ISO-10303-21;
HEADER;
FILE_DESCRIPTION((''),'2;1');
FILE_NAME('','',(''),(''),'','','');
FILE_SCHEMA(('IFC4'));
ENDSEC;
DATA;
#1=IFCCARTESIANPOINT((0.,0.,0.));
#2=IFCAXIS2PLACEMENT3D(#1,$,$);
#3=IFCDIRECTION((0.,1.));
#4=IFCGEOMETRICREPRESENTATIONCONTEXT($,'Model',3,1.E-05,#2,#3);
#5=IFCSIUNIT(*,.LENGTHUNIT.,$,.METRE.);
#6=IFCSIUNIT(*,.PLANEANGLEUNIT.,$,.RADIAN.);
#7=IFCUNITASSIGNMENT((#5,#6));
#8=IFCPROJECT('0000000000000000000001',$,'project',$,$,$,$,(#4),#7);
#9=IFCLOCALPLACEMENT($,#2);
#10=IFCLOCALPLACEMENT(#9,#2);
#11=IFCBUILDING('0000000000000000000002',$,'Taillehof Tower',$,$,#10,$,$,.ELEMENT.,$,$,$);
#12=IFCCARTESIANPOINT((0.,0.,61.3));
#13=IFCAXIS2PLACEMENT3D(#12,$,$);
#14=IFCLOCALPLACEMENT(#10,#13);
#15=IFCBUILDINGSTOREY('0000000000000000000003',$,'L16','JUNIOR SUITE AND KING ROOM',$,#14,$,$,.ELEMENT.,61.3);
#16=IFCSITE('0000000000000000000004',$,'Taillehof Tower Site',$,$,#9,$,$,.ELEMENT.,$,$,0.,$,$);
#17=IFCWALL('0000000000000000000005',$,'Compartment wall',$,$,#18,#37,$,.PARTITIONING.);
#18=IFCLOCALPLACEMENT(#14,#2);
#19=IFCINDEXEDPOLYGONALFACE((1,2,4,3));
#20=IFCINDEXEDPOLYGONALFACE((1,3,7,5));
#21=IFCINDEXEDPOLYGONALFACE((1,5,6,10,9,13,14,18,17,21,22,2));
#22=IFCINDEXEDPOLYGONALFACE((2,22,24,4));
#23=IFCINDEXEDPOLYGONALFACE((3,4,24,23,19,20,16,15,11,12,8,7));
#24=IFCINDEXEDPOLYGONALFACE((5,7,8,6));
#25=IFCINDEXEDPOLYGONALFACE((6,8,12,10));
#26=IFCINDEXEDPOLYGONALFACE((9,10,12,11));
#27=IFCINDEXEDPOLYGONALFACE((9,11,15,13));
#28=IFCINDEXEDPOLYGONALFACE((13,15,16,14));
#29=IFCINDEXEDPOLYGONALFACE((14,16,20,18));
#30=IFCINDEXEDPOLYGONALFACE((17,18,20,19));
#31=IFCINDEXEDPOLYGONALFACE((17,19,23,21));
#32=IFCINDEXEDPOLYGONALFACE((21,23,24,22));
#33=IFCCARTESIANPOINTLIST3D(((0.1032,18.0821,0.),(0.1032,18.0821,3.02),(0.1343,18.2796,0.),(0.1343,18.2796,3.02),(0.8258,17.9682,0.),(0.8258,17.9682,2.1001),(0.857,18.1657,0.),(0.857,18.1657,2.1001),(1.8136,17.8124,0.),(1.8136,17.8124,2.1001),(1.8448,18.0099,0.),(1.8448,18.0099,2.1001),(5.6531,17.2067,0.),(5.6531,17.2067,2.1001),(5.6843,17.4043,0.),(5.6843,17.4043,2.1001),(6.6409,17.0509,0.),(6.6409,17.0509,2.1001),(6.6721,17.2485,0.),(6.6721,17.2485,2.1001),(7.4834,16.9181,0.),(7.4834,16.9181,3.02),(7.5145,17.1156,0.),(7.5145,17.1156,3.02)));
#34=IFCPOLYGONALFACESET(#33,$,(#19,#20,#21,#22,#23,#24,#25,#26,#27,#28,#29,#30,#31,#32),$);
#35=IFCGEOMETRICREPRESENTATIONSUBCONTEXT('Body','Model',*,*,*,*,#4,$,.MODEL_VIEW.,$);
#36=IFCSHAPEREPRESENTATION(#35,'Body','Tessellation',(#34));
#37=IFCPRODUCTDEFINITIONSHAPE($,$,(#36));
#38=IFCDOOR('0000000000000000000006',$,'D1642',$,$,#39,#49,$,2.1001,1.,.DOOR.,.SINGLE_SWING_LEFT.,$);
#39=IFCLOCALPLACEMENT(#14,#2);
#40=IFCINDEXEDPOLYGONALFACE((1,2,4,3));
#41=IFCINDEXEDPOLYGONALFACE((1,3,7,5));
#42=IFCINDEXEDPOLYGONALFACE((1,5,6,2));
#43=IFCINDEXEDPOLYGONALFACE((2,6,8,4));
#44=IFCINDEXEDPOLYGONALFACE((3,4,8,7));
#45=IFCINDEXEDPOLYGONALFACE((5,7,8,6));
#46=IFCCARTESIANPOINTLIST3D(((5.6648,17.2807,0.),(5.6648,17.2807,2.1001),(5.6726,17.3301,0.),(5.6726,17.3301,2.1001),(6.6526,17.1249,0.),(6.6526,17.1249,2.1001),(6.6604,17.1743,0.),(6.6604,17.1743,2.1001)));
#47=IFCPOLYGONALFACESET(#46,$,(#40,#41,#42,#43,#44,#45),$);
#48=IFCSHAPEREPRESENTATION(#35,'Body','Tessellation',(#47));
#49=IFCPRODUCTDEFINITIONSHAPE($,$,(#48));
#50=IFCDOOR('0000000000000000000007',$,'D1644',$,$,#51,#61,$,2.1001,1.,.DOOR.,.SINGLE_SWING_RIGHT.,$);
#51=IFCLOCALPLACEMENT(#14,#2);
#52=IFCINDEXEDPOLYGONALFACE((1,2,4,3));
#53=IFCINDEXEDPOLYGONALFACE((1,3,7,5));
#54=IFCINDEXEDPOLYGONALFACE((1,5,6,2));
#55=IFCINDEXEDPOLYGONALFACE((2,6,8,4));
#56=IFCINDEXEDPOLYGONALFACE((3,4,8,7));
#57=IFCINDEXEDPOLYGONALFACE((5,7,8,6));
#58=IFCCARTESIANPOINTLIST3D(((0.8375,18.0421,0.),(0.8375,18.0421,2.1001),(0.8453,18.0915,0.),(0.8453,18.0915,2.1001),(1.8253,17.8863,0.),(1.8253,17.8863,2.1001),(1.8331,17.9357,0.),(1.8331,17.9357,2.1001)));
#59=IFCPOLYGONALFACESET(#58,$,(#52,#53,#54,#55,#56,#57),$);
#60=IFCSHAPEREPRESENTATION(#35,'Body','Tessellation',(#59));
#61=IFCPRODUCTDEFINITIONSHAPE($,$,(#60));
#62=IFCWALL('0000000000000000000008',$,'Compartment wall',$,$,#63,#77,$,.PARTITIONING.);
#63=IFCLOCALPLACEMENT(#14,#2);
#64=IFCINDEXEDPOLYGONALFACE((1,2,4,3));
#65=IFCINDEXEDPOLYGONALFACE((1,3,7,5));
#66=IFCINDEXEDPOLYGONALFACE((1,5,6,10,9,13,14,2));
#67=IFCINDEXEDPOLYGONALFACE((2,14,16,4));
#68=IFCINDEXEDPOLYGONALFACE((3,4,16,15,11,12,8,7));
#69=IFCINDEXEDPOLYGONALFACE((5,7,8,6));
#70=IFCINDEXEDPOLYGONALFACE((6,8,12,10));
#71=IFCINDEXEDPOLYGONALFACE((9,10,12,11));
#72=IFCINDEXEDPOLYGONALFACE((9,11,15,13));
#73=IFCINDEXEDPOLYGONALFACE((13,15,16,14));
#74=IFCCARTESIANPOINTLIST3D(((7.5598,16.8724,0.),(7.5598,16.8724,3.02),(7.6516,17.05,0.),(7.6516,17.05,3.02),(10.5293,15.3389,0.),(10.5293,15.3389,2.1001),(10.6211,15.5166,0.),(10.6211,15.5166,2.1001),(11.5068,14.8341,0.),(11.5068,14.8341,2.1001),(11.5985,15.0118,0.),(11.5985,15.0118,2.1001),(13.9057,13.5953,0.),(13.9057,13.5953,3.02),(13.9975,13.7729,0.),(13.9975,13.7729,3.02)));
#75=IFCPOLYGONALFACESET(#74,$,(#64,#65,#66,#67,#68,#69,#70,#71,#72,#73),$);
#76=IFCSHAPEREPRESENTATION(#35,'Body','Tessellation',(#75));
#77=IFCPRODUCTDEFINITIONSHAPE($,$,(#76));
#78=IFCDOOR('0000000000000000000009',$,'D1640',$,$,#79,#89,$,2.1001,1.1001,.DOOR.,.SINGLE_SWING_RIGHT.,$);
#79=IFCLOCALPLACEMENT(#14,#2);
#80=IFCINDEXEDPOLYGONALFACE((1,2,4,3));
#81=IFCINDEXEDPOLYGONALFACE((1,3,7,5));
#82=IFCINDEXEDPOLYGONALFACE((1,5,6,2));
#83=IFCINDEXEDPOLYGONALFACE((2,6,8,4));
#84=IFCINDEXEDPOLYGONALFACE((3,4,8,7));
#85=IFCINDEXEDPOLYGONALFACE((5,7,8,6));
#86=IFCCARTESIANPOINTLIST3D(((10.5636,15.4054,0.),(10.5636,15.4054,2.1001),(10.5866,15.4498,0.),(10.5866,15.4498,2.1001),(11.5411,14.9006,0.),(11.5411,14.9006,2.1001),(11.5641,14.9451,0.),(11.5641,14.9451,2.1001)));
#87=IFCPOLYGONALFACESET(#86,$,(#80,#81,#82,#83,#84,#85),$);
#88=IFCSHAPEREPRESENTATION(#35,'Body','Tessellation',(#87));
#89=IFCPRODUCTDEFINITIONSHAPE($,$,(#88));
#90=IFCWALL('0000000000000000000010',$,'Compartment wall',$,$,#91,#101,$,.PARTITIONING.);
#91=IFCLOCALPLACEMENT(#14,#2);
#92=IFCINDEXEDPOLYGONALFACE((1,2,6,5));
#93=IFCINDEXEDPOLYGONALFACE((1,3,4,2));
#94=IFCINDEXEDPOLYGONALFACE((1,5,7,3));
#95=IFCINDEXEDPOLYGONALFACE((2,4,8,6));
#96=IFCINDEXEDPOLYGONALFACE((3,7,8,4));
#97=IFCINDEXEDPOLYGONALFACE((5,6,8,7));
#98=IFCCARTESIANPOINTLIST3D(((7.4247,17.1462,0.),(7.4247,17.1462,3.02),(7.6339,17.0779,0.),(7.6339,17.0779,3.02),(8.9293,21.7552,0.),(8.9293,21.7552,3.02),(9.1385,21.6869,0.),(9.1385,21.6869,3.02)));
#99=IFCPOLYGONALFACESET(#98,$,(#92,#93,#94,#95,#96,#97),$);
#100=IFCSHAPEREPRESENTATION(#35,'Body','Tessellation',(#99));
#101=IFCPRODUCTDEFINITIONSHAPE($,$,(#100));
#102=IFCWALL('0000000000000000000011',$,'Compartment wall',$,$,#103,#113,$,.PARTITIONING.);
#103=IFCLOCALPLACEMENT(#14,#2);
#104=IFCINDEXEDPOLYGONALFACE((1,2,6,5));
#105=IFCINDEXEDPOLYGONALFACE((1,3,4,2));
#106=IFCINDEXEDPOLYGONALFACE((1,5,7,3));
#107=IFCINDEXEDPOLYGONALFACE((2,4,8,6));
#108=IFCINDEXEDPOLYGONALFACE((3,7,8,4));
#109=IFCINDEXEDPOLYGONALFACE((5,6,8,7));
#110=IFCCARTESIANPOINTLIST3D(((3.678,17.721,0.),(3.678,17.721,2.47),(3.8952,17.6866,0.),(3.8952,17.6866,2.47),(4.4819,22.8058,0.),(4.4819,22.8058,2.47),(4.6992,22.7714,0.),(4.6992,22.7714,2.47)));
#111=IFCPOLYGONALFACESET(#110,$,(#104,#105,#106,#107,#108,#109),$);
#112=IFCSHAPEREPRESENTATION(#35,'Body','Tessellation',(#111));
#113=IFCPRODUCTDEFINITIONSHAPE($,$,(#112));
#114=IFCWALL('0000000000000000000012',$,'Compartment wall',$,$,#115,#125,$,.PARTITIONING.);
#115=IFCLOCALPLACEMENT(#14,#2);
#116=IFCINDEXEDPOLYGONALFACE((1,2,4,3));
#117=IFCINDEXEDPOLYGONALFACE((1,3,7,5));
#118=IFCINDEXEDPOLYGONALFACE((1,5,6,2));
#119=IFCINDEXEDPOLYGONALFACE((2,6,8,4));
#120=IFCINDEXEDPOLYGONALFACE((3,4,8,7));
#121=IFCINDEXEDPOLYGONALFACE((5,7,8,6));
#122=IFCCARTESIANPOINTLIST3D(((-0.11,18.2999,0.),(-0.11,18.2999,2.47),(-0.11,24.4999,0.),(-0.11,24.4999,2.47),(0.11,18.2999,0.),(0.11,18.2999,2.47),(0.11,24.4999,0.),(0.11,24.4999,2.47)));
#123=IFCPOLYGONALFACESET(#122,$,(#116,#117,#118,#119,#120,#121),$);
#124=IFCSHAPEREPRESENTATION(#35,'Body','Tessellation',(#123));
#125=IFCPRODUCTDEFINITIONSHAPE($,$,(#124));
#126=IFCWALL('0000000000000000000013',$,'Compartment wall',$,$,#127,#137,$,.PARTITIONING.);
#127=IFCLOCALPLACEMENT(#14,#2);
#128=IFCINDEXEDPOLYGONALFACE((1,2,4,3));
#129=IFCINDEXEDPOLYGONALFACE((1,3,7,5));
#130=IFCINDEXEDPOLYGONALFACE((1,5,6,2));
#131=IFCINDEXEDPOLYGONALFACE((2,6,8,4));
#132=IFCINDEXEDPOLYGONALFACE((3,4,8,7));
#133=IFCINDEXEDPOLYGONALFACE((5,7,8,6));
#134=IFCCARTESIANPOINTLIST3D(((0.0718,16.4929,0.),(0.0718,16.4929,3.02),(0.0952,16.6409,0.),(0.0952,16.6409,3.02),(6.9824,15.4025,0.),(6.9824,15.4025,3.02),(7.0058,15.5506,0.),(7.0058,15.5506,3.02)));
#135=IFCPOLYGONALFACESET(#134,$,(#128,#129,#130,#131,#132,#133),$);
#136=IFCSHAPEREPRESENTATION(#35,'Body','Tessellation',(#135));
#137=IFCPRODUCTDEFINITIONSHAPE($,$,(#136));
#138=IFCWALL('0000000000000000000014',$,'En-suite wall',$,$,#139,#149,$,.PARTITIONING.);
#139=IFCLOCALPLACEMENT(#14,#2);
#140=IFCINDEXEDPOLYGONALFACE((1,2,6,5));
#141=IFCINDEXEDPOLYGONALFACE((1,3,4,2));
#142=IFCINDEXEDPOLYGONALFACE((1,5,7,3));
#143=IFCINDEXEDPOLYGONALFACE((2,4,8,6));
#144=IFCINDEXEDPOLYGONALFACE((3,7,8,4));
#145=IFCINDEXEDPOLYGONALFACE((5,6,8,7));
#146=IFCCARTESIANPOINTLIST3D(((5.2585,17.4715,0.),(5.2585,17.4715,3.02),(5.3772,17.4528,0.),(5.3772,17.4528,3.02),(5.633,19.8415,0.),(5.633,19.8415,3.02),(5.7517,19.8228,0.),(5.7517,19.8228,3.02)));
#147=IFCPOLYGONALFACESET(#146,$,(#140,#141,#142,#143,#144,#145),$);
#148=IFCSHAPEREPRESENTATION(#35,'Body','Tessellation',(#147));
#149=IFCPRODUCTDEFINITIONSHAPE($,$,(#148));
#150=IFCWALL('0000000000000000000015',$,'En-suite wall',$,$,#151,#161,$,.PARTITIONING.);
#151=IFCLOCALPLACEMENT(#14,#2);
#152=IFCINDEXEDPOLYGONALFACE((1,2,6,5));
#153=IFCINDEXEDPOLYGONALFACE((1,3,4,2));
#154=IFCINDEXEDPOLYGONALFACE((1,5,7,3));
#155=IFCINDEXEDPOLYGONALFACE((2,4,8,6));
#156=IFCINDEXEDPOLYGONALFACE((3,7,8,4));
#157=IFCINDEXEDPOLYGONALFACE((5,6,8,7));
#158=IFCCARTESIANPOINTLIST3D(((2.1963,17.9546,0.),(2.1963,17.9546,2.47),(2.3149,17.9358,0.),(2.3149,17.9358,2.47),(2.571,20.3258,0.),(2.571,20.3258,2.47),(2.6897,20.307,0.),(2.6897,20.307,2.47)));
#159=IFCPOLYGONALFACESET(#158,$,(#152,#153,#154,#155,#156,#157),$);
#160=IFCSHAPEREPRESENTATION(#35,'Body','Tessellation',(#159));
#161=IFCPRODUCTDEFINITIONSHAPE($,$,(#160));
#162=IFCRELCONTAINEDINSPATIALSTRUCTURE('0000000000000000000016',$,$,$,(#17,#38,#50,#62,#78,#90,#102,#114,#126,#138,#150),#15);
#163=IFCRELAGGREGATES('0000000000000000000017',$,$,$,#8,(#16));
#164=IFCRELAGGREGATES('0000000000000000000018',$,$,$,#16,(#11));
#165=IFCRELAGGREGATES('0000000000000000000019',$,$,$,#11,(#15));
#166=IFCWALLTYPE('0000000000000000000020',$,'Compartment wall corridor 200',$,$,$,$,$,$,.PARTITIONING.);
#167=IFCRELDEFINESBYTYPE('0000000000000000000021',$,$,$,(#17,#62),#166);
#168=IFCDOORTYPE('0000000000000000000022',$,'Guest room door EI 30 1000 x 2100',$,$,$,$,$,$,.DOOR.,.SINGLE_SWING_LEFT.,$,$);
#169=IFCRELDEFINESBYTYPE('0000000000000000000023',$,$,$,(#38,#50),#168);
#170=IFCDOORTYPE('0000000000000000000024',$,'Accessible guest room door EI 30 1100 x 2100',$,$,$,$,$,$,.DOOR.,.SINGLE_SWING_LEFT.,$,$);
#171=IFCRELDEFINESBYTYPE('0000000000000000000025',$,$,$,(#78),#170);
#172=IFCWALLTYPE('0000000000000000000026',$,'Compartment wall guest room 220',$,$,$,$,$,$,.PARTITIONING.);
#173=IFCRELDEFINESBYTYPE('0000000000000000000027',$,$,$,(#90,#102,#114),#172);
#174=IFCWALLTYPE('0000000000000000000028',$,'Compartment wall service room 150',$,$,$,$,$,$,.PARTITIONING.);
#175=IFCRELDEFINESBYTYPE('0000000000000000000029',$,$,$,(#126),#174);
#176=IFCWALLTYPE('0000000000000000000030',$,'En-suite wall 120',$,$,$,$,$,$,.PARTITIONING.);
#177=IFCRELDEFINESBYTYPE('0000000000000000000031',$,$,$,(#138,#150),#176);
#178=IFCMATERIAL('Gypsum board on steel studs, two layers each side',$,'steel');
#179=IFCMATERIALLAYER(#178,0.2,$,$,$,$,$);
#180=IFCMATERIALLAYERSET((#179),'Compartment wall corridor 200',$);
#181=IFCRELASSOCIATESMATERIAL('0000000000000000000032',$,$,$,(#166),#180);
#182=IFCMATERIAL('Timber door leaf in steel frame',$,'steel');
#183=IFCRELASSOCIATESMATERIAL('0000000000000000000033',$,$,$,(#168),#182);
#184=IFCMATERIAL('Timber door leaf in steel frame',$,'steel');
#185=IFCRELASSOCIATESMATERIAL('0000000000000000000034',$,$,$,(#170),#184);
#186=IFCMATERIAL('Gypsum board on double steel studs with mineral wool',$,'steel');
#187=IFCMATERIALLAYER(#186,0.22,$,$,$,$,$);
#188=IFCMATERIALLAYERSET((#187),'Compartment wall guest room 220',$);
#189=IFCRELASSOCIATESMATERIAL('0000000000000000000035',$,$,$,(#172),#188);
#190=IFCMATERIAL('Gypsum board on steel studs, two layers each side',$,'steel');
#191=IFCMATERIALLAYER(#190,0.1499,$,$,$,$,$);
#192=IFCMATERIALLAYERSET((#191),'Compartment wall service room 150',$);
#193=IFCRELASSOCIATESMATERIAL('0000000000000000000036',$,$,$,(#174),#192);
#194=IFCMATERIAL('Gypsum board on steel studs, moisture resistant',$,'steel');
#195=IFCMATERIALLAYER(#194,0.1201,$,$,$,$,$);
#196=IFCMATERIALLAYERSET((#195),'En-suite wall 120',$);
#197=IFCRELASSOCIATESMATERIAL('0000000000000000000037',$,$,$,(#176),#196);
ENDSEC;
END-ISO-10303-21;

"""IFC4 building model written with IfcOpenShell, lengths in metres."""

from ifc_helpers import new_model, si_unit, direction, frame, frame_2d, origin, place, context, subcontext, project, spatial, rectangle, extrude, material, layer, layer_set, type_object, element, fill, save


model = new_model("IFC4")

# Units and contexts
model_context = context("Model", 3, precision=1e-05, world=origin(), true_north=direction((0.0, 1.0)))
body_context = subcontext(model_context, "Body", "Model", "MODEL_VIEW")
ifc_project = project(units=[si_unit("LENGTHUNIT", "METRE"), si_unit("PLANEANGLEUNIT", "RADIAN")], contexts=[model_context])

# Site, building, storey
site_placement = place(None, origin())
site = spatial("IfcSite", under=ifc_project, at=site_placement, Name="Taillehof Tower Site", CompositionType="ELEMENT", RefElevation=0.0)
building_placement = place(site_placement, origin())
building = spatial("IfcBuilding", under=site, at=building_placement, Name="Taillehof Tower", CompositionType="ELEMENT")
storey_placement = place(building_placement, frame((0.0, 0.0, 61.3)))
storey = spatial("IfcBuildingStorey", under=building, at=storey_placement, Name="L16", Description="JUNIOR SUITE AND KING ROOM", CompositionType="ELEMENT", Elevation=61.3)

# Wall, openings, doors
ifc_material_1 = material(Name="Gypsum board on steel studs, two layers each side", Category="steel")
ifc_layer_1 = layer(ifc_material_1, 0.2)
ifc_layer_set_1 = layer_set([ifc_layer_1], Name="Compartment wall corridor 200")
wall_type_1 = type_object("IfcWallType", Name="Compartment wall corridor 200", PredefinedType="PARTITIONING", material=ifc_layer_set_1)
wall_1_placement = place(storey_placement, frame((0.1187, 18.1809, 0.0), z_axis=(0.0, 0.0, 1.0), x_axis=(0.987788, -0.155803, 0.0)))
wall_1 = element("IfcWall", 1, at=wall_1_placement, inside=storey, type_object=wall_type_1, Name="Compartment wall", PredefinedType="PARTITIONING", context=body_context, shape_type="SweptSolid", body=[
    extrude(rectangle(XDim=7.4714, YDim=0.2, at=frame_2d((3.7358, 0.0))), origin(), (0.0, 0.0, 1.0), 3.02),
])
opening_1_placement = place(wall_1_placement, frame((5.6187, 0.0, 0.0)))
opening_1 = element("IfcOpeningElement", 2, at=opening_1_placement, cuts=wall_1, PredefinedType="OPENING", context=body_context, shape_type="SweptSolid", body=[
    extrude(rectangle(XDim=1.0, YDim=2.1001, at=frame_2d((0.5, 1.05))), frame((0.0, 0.1099, 0.0), z_axis=(0.0, -1.0, 0.0), x_axis=(1.0, 0.0, 0.0)), (0.0, 0.0, 1.0), 0.22),
])
opening_2_placement = place(wall_1_placement, frame((0.7317, 0.0, 0.0)))
opening_2 = element("IfcOpeningElement", 3, at=opening_2_placement, cuts=wall_1, PredefinedType="OPENING", context=body_context, shape_type="SweptSolid", body=[
    extrude(rectangle(XDim=1.0, YDim=2.1001, at=frame_2d((0.5, 1.05))), frame((0.0, 0.1099, 0.0), z_axis=(0.0, -1.0, 0.0), x_axis=(1.0, 0.0, 0.0)), (0.0, 0.0, 1.0), 0.22),
])
ifc_material_2 = material(Name="Timber door leaf in steel frame", Category="steel")
door_type_1 = type_object("IfcDoorType", Name="Guest room door EI 30 1000 x 2100", OperationType="SINGLE_SWING_LEFT", PredefinedType="DOOR", material=ifc_material_2)
door_1_placement = place(opening_1_placement, origin())
door_1 = element("IfcDoor", 4, at=door_1_placement, inside=storey, type_object=door_type_1, Name="D1642", OperationType="SINGLE_SWING_LEFT", OverallHeight=2.1001, OverallWidth=1.0, PredefinedType="DOOR", context=body_context, shape_type="SweptSolid", body=[
    extrude(rectangle(XDim=1.0, YDim=2.1001, at=frame_2d((0.5, 1.05))), frame((0.0, 0.0249, 0.0), z_axis=(0.0, -1.0, 0.0), x_axis=(1.0, 0.0, 0.0)), (0.0, 0.0, 1.0), 0.05),
])
fill(opening_1, door_1)
door_2_placement = place(opening_2_placement, origin())
door_2 = element("IfcDoor", 5, at=door_2_placement, inside=storey, type_object=door_type_1, Name="D1644", OperationType="SINGLE_SWING_RIGHT", OverallHeight=2.1001, OverallWidth=1.0, PredefinedType="DOOR", context=body_context, shape_type="SweptSolid", body=[
    extrude(rectangle(XDim=1.0, YDim=2.1001, at=frame_2d((0.5, 1.05))), frame((0.0, 0.0249, 0.0), z_axis=(0.0, -1.0, 0.0), x_axis=(1.0, 0.0, 0.0)), (0.0, 0.0, 1.0), 0.05),
])
fill(opening_2, door_2)

# Wall, opening, door
wall_2_placement = place(storey_placement, frame((7.6057, 16.9612, 0.0), z_axis=(0.0, 0.0, 1.0), x_axis=(0.88852, -0.458839, 0.0)))
wall_2 = element("IfcWall", 6, at=wall_2_placement, inside=storey, type_object=wall_type_1, Name="Compartment wall", PredefinedType="PARTITIONING", context=body_context, shape_type="SweptSolid", body=[
    extrude(rectangle(XDim=7.1421, YDim=0.2, at=frame_2d((3.571, 0.0))), origin(), (0.0, 0.0, 1.0), 3.02),
])
opening_3_placement = place(wall_2_placement, frame((3.342, 0.0, 0.0)))
opening_3 = element("IfcOpeningElement", 7, at=opening_3_placement, cuts=wall_2, PredefinedType="OPENING", context=body_context, shape_type="SweptSolid", body=[
    extrude(rectangle(XDim=1.1001, YDim=2.1001, at=frame_2d((0.55, 1.05))), frame((0.0, 0.1099, 0.0), z_axis=(0.0, -1.0, 0.0), x_axis=(1.0, 0.0, 0.0)), (0.0, 0.0, 1.0), 0.22),
])
ifc_material_3 = material(Name="Timber door leaf in steel frame", Category="steel")
door_type_2 = type_object("IfcDoorType", Name="Accessible guest room door EI 30 1100 x 2100", OperationType="SINGLE_SWING_LEFT", PredefinedType="DOOR", material=ifc_material_3)
door_3_placement = place(opening_3_placement, origin())
door_3 = element("IfcDoor", 8, at=door_3_placement, inside=storey, type_object=door_type_2, Name="D1640", OperationType="SINGLE_SWING_RIGHT", OverallHeight=2.1001, OverallWidth=1.1001, PredefinedType="DOOR", context=body_context, shape_type="SweptSolid", body=[
    extrude(rectangle(XDim=1.1001, YDim=2.1001, at=frame_2d((0.55, 1.05))), frame((0.0, 0.0249, 0.0), z_axis=(0.0, -1.0, 0.0), x_axis=(1.0, 0.0, 0.0)), (0.0, 0.0, 1.0), 0.05),
])
fill(opening_3, door_3)

# Walls
ifc_material_4 = material(Name="Gypsum board on double steel studs with mineral wool", Category="steel")
ifc_layer_2 = layer(ifc_material_4, 0.22)
ifc_layer_set_2 = layer_set([ifc_layer_2], Name="Compartment wall guest room 220")
wall_type_2 = type_object("IfcWallType", Name="Compartment wall guest room 220", PredefinedType="PARTITIONING", material=ifc_layer_set_2)
wall_3_placement = place(storey_placement, frame((9.0339, 21.7212, 0.0), z_axis=(0.0, 0.0, 1.0), x_axis=(-0.31033, -0.950629, 0.0)))
element("IfcWall", 9, at=wall_3_placement, inside=storey, type_object=wall_type_2, Name="Compartment wall", PredefinedType="PARTITIONING", context=body_context, shape_type="SweptSolid", body=[
    extrude(rectangle(XDim=4.8484, YDim=0.22, at=frame_2d((2.4243, 0.0))), origin(), (0.0, 0.0, 1.0), 3.02),
])
wall_4_placement = place(storey_placement, frame((4.5906, 22.7886, 0.0), z_axis=(0.0, 0.0, 1.0), x_axis=(-0.156172, -0.98773, 0.0)))
element("IfcWall", 10, at=wall_4_placement, inside=storey, type_object=wall_type_2, Name="Compartment wall", PredefinedType="PARTITIONING", context=body_context, shape_type="SweptSolid", body=[
    extrude(rectangle(XDim=5.1479, YDim=0.22, at=frame_2d((2.574, 0.0))), origin(), (0.0, 0.0, 1.0), 2.47),
])
wall_5_placement = place(storey_placement, frame((0.0, 24.5, 0.0), z_axis=(0.0, 0.0, 1.0), x_axis=(0.0, -1.0, 0.0)))
element("IfcWall", 11, at=wall_5_placement, inside=storey, type_object=wall_type_2, Name="Compartment wall", PredefinedType="PARTITIONING", context=body_context, shape_type="SweptSolid", body=[
    extrude(rectangle(XDim=6.2, YDim=0.22, at=frame_2d((3.1001, 0.0))), origin(), (0.0, 0.0, 1.0), 2.47),
])
ifc_material_5 = material(Name="Gypsum board on steel studs, two layers each side", Category="steel")
ifc_layer_3 = layer(ifc_material_5, 0.1499)
ifc_layer_set_3 = layer_set([ifc_layer_3], Name="Compartment wall service room 150")
wall_type_3 = type_object("IfcWallType", Name="Compartment wall service room 150", PredefinedType="PARTITIONING", material=ifc_layer_set_3)
wall_6_placement = place(storey_placement, frame((0.0835, 16.5669, 0.0), z_axis=(0.0, 0.0, 1.0), x_axis=(0.987781, -0.155848, 0.0)))
element("IfcWall", 12, at=wall_6_placement, inside=storey, type_object=wall_type_3, Name="Compartment wall", PredefinedType="PARTITIONING", context=body_context, shape_type="SweptSolid", body=[
    extrude(rectangle(XDim=6.9961, YDim=0.1499, at=frame_2d((3.498, 0.0))), origin(), (0.0, 0.0, 1.0), 3.02),
])
ifc_material_6 = material(Name="Gypsum board on steel studs, moisture resistant", Category="steel")
ifc_layer_4 = layer(ifc_material_6, 0.1201)
ifc_layer_set_4 = layer_set([ifc_layer_4], Name="En-suite wall 120")
wall_type_4 = type_object("IfcWallType", Name="En-suite wall 120", PredefinedType="PARTITIONING", material=ifc_layer_set_4)
wall_7_placement = place(storey_placement, frame((5.3179, 17.4622, 0.0), z_axis=(0.0, 0.0, 1.0), x_axis=(0.156078, 0.987745, 0.0)))
element("IfcWall", 13, at=wall_7_placement, inside=storey, type_object=wall_type_4, Name="En-suite wall", PredefinedType="PARTITIONING", context=body_context, shape_type="SweptSolid", body=[
    extrude(rectangle(XDim=2.3994, YDim=0.1201, at=frame_2d((1.1997, 0.0))), origin(), (0.0, 0.0, 1.0), 3.02),
])
wall_8_placement = place(storey_placement, frame((2.2556, 17.9453, 0.0), z_axis=(0.0, 0.0, 1.0), x_axis=(0.156114, 0.987739, 0.0)))
element("IfcWall", 14, at=wall_8_placement, inside=storey, type_object=wall_type_4, Name="En-suite wall", PredefinedType="PARTITIONING", context=body_context, shape_type="SweptSolid", body=[
    extrude(rectangle(XDim=2.4006, YDim=0.1201, at=frame_2d((1.2002, 0.0))), origin(), (0.0, 0.0, 1.0), 2.47),
])

save(model, "model.ifc")
